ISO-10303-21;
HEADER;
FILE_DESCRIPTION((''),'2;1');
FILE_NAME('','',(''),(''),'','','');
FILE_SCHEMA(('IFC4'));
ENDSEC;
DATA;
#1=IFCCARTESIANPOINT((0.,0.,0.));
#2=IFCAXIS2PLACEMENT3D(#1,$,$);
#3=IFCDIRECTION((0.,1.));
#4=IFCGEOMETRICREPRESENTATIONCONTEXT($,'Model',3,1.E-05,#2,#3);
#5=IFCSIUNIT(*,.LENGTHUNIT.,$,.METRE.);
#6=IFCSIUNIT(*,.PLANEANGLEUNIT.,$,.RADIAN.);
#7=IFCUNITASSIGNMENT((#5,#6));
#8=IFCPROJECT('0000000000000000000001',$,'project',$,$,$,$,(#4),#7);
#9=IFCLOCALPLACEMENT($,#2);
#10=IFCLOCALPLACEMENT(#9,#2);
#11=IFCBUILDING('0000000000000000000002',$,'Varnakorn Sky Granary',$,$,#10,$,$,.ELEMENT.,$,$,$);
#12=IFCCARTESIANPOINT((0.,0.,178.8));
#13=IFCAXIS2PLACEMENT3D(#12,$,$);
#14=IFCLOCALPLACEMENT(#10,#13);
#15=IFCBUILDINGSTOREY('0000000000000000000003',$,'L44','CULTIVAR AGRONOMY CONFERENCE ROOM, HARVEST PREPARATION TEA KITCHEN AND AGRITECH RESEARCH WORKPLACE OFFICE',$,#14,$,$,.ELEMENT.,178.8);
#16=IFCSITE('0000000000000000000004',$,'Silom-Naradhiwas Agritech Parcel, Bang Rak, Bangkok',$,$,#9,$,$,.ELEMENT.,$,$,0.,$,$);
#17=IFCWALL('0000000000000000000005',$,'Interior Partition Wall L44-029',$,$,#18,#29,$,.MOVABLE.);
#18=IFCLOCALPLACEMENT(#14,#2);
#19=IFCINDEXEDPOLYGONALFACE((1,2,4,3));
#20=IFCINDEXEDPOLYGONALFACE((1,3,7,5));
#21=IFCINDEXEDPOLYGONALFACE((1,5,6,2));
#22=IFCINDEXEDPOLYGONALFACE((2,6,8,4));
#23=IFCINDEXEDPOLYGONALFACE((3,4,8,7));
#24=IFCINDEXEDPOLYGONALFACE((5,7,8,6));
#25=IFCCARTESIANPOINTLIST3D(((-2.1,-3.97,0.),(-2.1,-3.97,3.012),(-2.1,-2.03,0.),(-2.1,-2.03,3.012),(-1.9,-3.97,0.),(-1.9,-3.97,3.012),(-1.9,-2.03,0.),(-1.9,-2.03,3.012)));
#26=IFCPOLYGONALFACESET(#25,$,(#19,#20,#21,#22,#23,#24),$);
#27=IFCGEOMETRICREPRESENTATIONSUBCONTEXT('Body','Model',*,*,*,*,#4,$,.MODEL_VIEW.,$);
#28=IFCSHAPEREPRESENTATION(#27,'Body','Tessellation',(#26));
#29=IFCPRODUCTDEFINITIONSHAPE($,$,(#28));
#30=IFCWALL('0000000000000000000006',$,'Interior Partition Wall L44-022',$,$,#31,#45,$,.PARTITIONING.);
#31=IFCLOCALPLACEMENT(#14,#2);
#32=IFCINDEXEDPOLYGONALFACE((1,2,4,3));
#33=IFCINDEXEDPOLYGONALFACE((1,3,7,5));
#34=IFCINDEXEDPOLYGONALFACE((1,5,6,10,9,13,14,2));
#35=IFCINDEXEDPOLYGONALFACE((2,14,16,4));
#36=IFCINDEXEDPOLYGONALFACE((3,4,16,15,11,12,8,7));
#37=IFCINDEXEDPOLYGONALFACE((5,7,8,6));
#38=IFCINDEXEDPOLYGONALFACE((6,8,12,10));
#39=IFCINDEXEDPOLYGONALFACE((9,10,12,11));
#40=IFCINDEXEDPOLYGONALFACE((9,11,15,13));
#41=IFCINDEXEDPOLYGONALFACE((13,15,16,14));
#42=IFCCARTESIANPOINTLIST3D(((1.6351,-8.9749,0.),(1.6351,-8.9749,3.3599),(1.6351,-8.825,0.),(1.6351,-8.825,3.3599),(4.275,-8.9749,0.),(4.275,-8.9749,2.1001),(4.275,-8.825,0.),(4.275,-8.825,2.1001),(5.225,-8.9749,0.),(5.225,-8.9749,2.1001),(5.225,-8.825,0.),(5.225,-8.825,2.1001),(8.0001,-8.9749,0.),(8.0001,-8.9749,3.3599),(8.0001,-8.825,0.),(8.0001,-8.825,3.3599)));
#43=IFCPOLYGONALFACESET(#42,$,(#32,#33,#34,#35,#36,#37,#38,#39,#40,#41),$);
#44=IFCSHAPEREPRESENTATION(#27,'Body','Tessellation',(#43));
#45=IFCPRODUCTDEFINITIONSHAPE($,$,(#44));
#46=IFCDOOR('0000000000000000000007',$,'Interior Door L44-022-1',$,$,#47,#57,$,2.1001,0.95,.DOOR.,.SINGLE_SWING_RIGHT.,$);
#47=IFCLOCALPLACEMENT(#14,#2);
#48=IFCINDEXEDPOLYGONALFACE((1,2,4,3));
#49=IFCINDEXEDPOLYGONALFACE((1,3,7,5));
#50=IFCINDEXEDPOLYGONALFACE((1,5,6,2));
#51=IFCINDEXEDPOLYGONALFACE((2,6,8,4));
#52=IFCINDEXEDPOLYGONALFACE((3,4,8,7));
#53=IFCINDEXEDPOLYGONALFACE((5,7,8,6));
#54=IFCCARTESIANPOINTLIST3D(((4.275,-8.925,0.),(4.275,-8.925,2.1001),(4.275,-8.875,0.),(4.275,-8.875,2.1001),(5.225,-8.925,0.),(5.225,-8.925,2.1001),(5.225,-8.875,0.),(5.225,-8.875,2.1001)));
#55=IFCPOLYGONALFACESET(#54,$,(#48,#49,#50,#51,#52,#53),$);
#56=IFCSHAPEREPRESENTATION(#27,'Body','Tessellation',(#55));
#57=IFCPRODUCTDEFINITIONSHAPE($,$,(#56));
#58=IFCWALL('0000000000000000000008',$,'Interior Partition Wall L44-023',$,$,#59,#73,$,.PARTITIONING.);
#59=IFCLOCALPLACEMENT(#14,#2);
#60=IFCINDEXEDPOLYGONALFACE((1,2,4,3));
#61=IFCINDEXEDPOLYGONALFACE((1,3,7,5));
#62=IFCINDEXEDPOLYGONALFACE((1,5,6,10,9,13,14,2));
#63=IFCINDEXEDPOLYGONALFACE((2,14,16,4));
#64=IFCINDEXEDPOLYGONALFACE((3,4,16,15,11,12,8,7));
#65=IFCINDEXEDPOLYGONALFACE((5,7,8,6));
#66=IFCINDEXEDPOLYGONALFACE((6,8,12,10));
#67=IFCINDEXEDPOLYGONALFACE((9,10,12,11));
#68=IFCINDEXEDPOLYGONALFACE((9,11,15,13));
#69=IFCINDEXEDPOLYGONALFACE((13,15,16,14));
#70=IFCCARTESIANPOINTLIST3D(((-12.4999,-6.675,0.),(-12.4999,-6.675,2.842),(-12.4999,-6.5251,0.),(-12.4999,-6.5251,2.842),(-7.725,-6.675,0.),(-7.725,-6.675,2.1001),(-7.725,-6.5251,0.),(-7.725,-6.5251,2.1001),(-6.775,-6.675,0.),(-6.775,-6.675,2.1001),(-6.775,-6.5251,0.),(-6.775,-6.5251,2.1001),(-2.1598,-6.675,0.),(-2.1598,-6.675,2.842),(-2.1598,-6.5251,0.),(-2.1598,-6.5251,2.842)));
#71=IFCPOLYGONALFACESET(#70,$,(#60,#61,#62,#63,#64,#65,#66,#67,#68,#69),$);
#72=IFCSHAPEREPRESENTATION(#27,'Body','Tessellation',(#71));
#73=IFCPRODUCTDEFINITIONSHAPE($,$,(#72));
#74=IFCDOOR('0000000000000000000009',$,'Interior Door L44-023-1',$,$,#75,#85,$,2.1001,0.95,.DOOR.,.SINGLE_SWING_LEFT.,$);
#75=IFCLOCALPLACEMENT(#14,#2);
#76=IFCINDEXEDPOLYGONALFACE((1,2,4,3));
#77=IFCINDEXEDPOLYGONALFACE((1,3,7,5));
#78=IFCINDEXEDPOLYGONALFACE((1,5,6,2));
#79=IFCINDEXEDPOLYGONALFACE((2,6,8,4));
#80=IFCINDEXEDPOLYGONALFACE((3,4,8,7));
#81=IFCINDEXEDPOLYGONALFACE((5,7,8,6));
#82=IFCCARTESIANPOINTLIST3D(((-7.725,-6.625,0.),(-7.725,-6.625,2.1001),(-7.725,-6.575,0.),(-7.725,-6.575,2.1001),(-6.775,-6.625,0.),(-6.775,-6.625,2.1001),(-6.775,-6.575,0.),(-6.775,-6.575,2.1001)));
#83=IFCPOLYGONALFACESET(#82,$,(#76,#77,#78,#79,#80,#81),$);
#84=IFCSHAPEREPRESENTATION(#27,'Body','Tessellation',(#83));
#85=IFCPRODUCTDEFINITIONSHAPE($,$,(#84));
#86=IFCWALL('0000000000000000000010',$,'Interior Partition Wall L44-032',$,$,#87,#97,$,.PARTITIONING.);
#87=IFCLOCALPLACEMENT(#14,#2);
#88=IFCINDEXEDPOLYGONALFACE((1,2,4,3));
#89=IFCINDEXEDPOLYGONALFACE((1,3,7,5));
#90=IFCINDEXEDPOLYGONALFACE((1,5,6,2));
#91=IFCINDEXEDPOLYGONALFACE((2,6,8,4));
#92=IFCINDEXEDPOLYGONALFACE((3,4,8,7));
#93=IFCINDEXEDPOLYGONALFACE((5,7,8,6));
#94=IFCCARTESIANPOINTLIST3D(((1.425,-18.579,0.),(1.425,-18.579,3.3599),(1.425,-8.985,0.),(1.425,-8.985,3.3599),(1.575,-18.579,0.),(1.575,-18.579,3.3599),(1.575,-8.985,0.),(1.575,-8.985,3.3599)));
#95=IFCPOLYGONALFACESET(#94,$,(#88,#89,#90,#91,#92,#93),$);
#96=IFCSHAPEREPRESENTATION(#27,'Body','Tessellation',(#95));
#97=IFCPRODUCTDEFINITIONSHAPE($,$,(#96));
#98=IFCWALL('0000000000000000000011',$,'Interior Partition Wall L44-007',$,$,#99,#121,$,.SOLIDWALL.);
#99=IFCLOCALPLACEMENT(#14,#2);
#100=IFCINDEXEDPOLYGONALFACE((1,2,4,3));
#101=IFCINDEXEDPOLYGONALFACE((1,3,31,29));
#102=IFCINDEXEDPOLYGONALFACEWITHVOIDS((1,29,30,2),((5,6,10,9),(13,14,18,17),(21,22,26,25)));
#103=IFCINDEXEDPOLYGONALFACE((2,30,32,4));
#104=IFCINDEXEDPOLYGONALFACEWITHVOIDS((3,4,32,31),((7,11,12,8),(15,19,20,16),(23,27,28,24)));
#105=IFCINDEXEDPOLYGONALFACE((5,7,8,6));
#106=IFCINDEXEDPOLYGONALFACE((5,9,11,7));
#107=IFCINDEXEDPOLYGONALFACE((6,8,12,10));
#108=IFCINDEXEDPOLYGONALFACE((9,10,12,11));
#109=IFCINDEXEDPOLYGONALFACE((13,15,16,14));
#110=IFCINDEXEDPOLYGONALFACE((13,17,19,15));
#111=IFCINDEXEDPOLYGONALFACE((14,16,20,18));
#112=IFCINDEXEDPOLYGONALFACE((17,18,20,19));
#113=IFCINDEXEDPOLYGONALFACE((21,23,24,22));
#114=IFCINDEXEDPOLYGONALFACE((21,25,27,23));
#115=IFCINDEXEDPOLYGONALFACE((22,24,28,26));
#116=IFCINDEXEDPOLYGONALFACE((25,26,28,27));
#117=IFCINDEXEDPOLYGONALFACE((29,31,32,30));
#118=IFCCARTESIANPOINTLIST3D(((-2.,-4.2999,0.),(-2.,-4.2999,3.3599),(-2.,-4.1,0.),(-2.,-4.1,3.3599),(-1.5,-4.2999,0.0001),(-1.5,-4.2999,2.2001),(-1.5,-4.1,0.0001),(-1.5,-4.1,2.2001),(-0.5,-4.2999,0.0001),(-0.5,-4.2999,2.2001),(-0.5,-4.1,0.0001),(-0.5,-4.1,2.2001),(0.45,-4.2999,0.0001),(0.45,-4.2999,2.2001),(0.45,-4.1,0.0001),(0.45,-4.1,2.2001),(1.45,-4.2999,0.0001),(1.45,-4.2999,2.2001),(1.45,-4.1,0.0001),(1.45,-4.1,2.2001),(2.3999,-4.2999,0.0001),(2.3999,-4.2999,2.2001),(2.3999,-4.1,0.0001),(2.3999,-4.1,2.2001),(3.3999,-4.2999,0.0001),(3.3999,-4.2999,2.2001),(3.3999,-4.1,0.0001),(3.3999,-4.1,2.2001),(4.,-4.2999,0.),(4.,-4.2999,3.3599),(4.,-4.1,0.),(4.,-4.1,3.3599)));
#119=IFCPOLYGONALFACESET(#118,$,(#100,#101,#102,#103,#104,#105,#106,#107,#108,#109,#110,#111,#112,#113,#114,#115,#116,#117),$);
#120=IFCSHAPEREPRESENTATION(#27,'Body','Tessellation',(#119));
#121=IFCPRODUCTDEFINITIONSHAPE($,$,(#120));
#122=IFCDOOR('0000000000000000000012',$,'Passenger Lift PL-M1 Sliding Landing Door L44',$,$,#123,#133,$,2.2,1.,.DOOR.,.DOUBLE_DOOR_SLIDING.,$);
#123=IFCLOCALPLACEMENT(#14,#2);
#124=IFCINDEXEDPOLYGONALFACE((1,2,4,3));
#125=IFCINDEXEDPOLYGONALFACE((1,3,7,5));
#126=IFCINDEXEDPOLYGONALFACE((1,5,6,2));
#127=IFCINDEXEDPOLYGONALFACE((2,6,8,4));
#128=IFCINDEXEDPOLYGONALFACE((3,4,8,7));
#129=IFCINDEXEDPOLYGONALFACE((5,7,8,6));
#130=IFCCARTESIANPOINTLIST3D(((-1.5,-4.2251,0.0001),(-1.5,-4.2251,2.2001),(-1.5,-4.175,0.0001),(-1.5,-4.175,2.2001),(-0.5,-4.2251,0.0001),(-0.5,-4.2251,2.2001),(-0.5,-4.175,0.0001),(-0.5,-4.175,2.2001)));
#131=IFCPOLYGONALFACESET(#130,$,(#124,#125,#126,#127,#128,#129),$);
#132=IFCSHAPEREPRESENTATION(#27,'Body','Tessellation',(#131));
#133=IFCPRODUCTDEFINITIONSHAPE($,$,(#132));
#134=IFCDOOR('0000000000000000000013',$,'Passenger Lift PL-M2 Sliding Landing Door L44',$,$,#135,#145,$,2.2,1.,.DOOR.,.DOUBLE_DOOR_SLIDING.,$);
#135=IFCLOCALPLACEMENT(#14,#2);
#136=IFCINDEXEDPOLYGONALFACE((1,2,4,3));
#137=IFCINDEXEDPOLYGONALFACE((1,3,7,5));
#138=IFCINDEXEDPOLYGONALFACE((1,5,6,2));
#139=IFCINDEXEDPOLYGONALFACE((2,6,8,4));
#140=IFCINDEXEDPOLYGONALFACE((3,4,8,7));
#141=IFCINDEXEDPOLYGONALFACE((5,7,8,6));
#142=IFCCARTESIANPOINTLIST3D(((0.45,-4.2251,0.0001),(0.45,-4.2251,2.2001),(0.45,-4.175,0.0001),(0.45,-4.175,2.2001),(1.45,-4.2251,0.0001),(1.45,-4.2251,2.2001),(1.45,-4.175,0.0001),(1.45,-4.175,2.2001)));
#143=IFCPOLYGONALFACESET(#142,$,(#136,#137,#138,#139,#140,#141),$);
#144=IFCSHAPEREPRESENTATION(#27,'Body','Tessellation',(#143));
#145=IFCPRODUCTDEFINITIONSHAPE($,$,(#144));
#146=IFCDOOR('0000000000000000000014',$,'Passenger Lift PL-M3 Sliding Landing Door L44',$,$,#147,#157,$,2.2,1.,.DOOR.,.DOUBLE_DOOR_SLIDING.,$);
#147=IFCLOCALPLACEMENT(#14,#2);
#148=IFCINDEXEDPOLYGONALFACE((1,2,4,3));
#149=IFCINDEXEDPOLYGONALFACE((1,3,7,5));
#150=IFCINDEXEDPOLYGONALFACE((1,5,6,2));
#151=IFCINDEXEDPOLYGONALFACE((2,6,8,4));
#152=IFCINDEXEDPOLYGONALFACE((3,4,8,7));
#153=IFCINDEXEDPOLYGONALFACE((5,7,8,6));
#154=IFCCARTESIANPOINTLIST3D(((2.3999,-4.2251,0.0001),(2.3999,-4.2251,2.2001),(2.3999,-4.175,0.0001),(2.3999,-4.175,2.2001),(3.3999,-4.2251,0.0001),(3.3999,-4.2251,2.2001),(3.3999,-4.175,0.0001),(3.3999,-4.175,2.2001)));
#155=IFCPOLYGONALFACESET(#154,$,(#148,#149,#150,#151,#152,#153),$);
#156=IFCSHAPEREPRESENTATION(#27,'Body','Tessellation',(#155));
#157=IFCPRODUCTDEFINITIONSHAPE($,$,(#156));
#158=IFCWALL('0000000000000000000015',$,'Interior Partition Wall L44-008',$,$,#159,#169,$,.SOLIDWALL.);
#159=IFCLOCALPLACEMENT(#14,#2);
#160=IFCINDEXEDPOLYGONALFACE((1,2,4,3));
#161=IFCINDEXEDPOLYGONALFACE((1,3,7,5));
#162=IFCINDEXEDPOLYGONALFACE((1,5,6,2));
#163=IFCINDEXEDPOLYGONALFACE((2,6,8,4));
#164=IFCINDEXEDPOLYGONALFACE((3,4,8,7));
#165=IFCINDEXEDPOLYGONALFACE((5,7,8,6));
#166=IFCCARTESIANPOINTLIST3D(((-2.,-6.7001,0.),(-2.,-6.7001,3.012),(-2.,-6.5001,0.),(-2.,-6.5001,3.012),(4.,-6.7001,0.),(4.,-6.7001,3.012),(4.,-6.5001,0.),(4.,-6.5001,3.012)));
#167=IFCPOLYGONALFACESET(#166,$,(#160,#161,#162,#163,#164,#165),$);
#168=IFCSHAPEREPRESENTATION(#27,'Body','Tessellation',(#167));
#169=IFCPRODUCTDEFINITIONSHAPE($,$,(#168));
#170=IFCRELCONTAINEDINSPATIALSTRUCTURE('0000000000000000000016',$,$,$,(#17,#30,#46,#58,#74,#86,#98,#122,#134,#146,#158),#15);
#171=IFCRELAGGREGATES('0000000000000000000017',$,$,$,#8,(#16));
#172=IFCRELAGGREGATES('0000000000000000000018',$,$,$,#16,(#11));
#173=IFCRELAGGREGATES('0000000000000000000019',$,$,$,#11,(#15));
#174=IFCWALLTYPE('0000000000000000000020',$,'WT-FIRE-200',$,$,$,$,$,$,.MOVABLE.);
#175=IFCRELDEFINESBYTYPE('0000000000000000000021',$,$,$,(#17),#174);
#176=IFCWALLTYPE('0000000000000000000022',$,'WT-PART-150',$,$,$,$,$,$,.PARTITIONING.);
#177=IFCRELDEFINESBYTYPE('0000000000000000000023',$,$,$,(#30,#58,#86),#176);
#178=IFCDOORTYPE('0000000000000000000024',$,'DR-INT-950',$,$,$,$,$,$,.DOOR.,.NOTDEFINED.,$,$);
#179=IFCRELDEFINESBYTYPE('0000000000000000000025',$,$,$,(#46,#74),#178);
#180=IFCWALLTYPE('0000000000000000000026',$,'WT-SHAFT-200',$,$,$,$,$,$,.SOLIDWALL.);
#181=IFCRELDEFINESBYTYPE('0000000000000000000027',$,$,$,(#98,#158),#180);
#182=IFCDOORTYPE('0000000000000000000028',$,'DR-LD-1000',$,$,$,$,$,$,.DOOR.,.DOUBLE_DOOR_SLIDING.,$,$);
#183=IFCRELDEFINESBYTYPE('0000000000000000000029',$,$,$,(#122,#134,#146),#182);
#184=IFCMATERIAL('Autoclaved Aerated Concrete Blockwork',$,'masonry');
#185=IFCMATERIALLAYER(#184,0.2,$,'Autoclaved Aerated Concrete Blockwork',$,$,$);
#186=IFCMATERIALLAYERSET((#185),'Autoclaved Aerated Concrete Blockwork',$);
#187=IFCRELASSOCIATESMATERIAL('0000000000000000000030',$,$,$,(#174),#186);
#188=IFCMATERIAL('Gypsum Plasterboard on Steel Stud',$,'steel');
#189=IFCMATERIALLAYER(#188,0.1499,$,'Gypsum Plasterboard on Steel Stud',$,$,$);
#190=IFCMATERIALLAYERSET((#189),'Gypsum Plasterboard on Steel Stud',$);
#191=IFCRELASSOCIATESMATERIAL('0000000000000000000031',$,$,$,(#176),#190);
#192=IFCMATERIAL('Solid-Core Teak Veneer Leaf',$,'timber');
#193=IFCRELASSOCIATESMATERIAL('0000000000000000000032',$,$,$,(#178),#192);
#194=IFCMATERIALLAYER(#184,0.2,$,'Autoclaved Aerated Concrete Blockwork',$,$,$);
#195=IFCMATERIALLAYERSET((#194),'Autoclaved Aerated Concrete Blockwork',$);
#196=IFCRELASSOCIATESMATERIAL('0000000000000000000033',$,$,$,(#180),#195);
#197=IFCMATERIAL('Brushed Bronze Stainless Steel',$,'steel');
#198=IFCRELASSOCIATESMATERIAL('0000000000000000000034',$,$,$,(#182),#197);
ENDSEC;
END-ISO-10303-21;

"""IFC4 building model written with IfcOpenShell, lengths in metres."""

from ifc_helpers import new_model, si_unit, direction, frame, frame_2d, origin, place, context, subcontext, project, spatial, rectangle, extrude, material, layer, layer_set, type_object, element, fill, save


model = new_model("IFC4")

# Units and contexts
model_context = context("Model", 3, precision=1e-05, world=origin(), true_north=direction((0.0, 1.0)))
body_context = subcontext(model_context, "Body", "Model", "MODEL_VIEW")
ifc_project = project(units=[si_unit("LENGTHUNIT", "METRE"), si_unit("PLANEANGLEUNIT", "RADIAN")], contexts=[model_context])

# Site, building, storey
site_placement = place(None, origin())
site = spatial("IfcSite", under=ifc_project, at=site_placement, Name="Silom-Naradhiwas Agritech Parcel, Bang Rak, Bangkok", CompositionType="ELEMENT", RefElevation=0.0)
building_placement = place(site_placement, origin())
building = spatial("IfcBuilding", under=site, at=building_placement, Name="Varnakorn Sky Granary", CompositionType="ELEMENT")
storey_placement = place(building_placement, frame((0.0, 0.0, 178.8)))
storey = spatial("IfcBuildingStorey", under=building, at=storey_placement, Name="L44", Description="CULTIVAR AGRONOMY CONFERENCE ROOM, HARVEST PREPARATION TEA KITCHEN AND AGRITECH RESEARCH WORKPLACE OFFICE", CompositionType="ELEMENT", Elevation=178.8)

# Wall
ifc_material_1 = material(Name="Autoclaved Aerated Concrete Blockwork", Category="masonry")
ifc_layer_1 = layer(ifc_material_1, 0.2, Name="Autoclaved Aerated Concrete Blockwork")
ifc_layer_set_1 = layer_set([ifc_layer_1], Name="Autoclaved Aerated Concrete Blockwork")
wall_type_1 = type_object("IfcWallType", Name="WT-FIRE-200", PredefinedType="MOVABLE", material=ifc_layer_set_1)
wall_1_placement = place(storey_placement, frame((-2.0, -3.97, 0.0), z_axis=(0.0, 0.0, 1.0), x_axis=(0.0, 1.0, 0.0)))
element("IfcWall", 1, at=wall_1_placement, inside=storey, type_object=wall_type_1, Name="Interior Partition Wall L44-029", PredefinedType="MOVABLE", context=body_context, shape_type="SweptSolid", body=[
    extrude(rectangle(XDim=1.9399, YDim=0.2, at=frame_2d((0.97, 0.0))), origin(), (0.0, 0.0, 1.0), 3.012),
])

# Walls, openings, doors
ifc_material_2 = material(Name="Gypsum Plasterboard on Steel Stud", Category="steel")
ifc_layer_2 = layer(ifc_material_2, 0.1499, Name="Gypsum Plasterboard on Steel Stud")
ifc_layer_set_2 = layer_set([ifc_layer_2], Name="Gypsum Plasterboard on Steel Stud")
wall_type_2 = type_object("IfcWallType", Name="WT-PART-150", PredefinedType="PARTITIONING", material=ifc_layer_set_2)
wall_2_placement = place(storey_placement, frame((1.635, -8.8999, 0.0), z_axis=(0.0, 0.0, 1.0), x_axis=(1.0, 0.0, 0.0)))
wall_2 = element("IfcWall", 2, at=wall_2_placement, inside=storey, type_object=wall_type_2, Name="Interior Partition Wall L44-022", PredefinedType="PARTITIONING", context=body_context, shape_type="SweptSolid", body=[
    extrude(rectangle(XDim=6.365, YDim=0.1499, at=frame_2d((3.1826, 0.0))), origin(), (0.0, 0.0, 1.0), 3.3599),
])
opening_1_placement = place(wall_2_placement, frame((2.6399, 0.0, 0.0)))
opening_1 = element("IfcOpeningElement", 3, at=opening_1_placement, cuts=wall_2, PredefinedType="OPENING", context=body_context, shape_type="SweptSolid", body=[
    extrude(rectangle(XDim=0.95, YDim=2.1001, at=frame_2d((0.4751, 1.05))), frame((0.0, 0.085, 0.0), z_axis=(0.0, -1.0, 0.0), x_axis=(1.0, 0.0, 0.0)), (0.0, 0.0, 1.0), 0.1699),
])
ifc_material_3 = material(Name="Solid-Core Teak Veneer Leaf", Category="timber")
door_type_1 = type_object("IfcDoorType", Name="DR-INT-950", OperationType="NOTDEFINED", PredefinedType="DOOR", material=ifc_material_3)
door_1_placement = place(opening_1_placement, origin())
door_1 = element("IfcDoor", 4, at=door_1_placement, inside=storey, type_object=door_type_1, Name="Interior Door L44-022-1", OperationType="SINGLE_SWING_RIGHT", OverallHeight=2.1001, OverallWidth=0.95, PredefinedType="DOOR", context=body_context, shape_type="SweptSolid", body=[
    extrude(rectangle(XDim=0.95, YDim=2.1001, at=frame_2d((0.4751, 1.05))), frame((0.0, 0.0249, 0.0), z_axis=(0.0, -1.0, 0.0), x_axis=(1.0, 0.0, 0.0)), (0.0, 0.0, 1.0), 0.05),
])
fill(opening_1, door_1)
wall_3_placement = place(storey_placement, frame((-2.1599, -6.6001, 0.0), z_axis=(0.0, 0.0, 1.0), x_axis=(-1.0, 0.0, 0.0)))
wall_3 = element("IfcWall", 5, at=wall_3_placement, inside=storey, type_object=wall_type_2, Name="Interior Partition Wall L44-023", PredefinedType="PARTITIONING", context=body_context, shape_type="SweptSolid", body=[
    extrude(rectangle(XDim=10.3401, YDim=0.1499, at=frame_2d((5.1699, 0.0))), origin(), (0.0, 0.0, 1.0), 2.842),
])
opening_2_placement = place(wall_3_placement, frame((4.615, 0.0, 0.0)))
opening_2 = element("IfcOpeningElement", 6, at=opening_2_placement, cuts=wall_3, PredefinedType="OPENING", context=body_context, shape_type="SweptSolid", body=[
    extrude(rectangle(XDim=0.95, YDim=2.1001, at=frame_2d((0.4751, 1.05))), frame((0.0, 0.085, 0.0), z_axis=(0.0, -1.0, 0.0), x_axis=(1.0, 0.0, 0.0)), (0.0, 0.0, 1.0), 0.1699),
])
door_2_placement = place(opening_2_placement, origin())
door_2 = element("IfcDoor", 7, at=door_2_placement, inside=storey, type_object=door_type_1, Name="Interior Door L44-023-1", OperationType="SINGLE_SWING_LEFT", OverallHeight=2.1001, OverallWidth=0.95, PredefinedType="DOOR", context=body_context, shape_type="SweptSolid", body=[
    extrude(rectangle(XDim=0.95, YDim=2.1001, at=frame_2d((0.4751, 1.05))), frame((0.0, 0.0249, 0.0), z_axis=(0.0, -1.0, 0.0), x_axis=(1.0, 0.0, 0.0)), (0.0, 0.0, 1.0), 0.05),
])
fill(opening_2, door_2)

# Wall
wall_4_placement = place(storey_placement, frame((1.5, -8.9851, 0.0), z_axis=(0.0, 0.0, 1.0), x_axis=(0.0, -1.0, 0.0)))
element("IfcWall", 8, at=wall_4_placement, inside=storey, type_object=wall_type_2, Name="Interior Partition Wall L44-032", PredefinedType="PARTITIONING", context=body_context, shape_type="SweptSolid", body=[
    extrude(rectangle(XDim=9.594, YDim=0.1499, at=frame_2d((4.7969, 0.0))), origin(), (0.0, 0.0, 1.0), 3.3599),
])

# Wall, openings, doors
ifc_layer_3 = layer(ifc_material_1, 0.2, Name="Autoclaved Aerated Concrete Blockwork")
ifc_layer_set_3 = layer_set([ifc_layer_3], Name="Autoclaved Aerated Concrete Blockwork")
wall_type_3 = type_object("IfcWallType", Name="WT-SHAFT-200", PredefinedType="SOLIDWALL", material=ifc_layer_set_3)
wall_5_placement = place(storey_placement, frame((-2.0, -4.2, 0.0), z_axis=(0.0, 0.0, 1.0), x_axis=(1.0, 0.0, 0.0)))
wall_5 = element("IfcWall", 9, at=wall_5_placement, inside=storey, type_object=wall_type_3, Name="Interior Partition Wall L44-007", PredefinedType="SOLIDWALL", context=body_context, shape_type="SweptSolid", body=[
    extrude(rectangle(XDim=6.0, YDim=0.2, at=frame_2d((3.0, 0.0))), origin(), (0.0, 0.0, 1.0), 3.3599),
])
opening_3_placement = place(wall_5_placement, frame((0.5, 0.0, 0.0)))
opening_3 = element("IfcOpeningElement", 10, at=opening_3_placement, cuts=wall_5, PredefinedType="OPENING", context=body_context, shape_type="SweptSolid", body=[
    extrude(rectangle(XDim=1.0, YDim=2.2, at=frame_2d((0.5, 1.1001))), frame((0.0, 0.1099, 0.0), z_axis=(0.0, -1.0, 0.0), x_axis=(1.0, 0.0, 0.0)), (0.0, 0.0, 1.0), 0.22),
])
opening_4_placement = place(wall_5_placement, frame((2.45, 0.0, 0.0)))
opening_4 = element("IfcOpeningElement", 11, at=opening_4_placement, cuts=wall_5, PredefinedType="OPENING", context=body_context, shape_type="SweptSolid", body=[
    extrude(rectangle(XDim=1.0, YDim=2.2, at=frame_2d((0.5, 1.1001))), frame((0.0, 0.1099, 0.0), z_axis=(0.0, -1.0, 0.0), x_axis=(1.0, 0.0, 0.0)), (0.0, 0.0, 1.0), 0.22),
])
opening_5_placement = place(wall_5_placement, frame((4.3999, 0.0, 0.0)))
opening_5 = element("IfcOpeningElement", 12, at=opening_5_placement, cuts=wall_5, PredefinedType="OPENING", context=body_context, shape_type="SweptSolid", body=[
    extrude(rectangle(XDim=1.0, YDim=2.2, at=frame_2d((0.5, 1.1001))), frame((0.0, 0.1099, 0.0), z_axis=(0.0, -1.0, 0.0), x_axis=(1.0, 0.0, 0.0)), (0.0, 0.0, 1.0), 0.22),
])
ifc_material_4 = material(Name="Brushed Bronze Stainless Steel", Category="steel")
door_type_2 = type_object("IfcDoorType", Name="DR-LD-1000", OperationType="DOUBLE_DOOR_SLIDING", PredefinedType="DOOR", material=ifc_material_4)
door_3_placement = place(opening_3_placement, origin())
door_3 = element("IfcDoor", 13, at=door_3_placement, inside=storey, type_object=door_type_2, Name="Passenger Lift PL-M1 Sliding Landing Door L44", OperationType="DOUBLE_DOOR_SLIDING", OverallHeight=2.2, OverallWidth=1.0, PredefinedType="DOOR", context=body_context, shape_type="SweptSolid", body=[
    extrude(rectangle(XDim=1.0, YDim=2.2, at=frame_2d((0.5, 1.1001))), frame((0.0, 0.0249, 0.0), z_axis=(0.0, -1.0, 0.0), x_axis=(1.0, 0.0, 0.0)), (0.0, 0.0, 1.0), 0.05),
])
fill(opening_3, door_3)
door_4_placement = place(opening_4_placement, origin())
door_4 = element("IfcDoor", 14, at=door_4_placement, inside=storey, type_object=door_type_2, Name="Passenger Lift PL-M2 Sliding Landing Door L44", OperationType="DOUBLE_DOOR_SLIDING", OverallHeight=2.2, OverallWidth=1.0, PredefinedType="DOOR", context=body_context, shape_type="SweptSolid", body=[
    extrude(rectangle(XDim=1.0, YDim=2.2, at=frame_2d((0.5, 1.1001))), frame((0.0, 0.0249, 0.0), z_axis=(0.0, -1.0, 0.0), x_axis=(1.0, 0.0, 0.0)), (0.0, 0.0, 1.0), 0.05),
])
fill(opening_4, door_4)
door_5_placement = place(opening_5_placement, origin())
door_5 = element("IfcDoor", 15, at=door_5_placement, inside=storey, type_object=door_type_2, Name="Passenger Lift PL-M3 Sliding Landing Door L44", OperationType="DOUBLE_DOOR_SLIDING", OverallHeight=2.2, OverallWidth=1.0, PredefinedType="DOOR", context=body_context, shape_type="SweptSolid", body=[
    extrude(rectangle(XDim=1.0, YDim=2.2, at=frame_2d((0.5, 1.1001))), frame((0.0, 0.0249, 0.0), z_axis=(0.0, -1.0, 0.0), x_axis=(1.0, 0.0, 0.0)), (0.0, 0.0, 1.0), 0.05),
])
fill(opening_5, door_5)

# Wall
wall_6_placement = place(storey_placement, frame((-2.0, -6.6001, 0.0), z_axis=(0.0, 0.0, 1.0), x_axis=(1.0, 0.0, 0.0)))
element("IfcWall", 16, at=wall_6_placement, inside=storey, type_object=wall_type_3, Name="Interior Partition Wall L44-008", PredefinedType="SOLIDWALL", context=body_context, shape_type="SweptSolid", body=[
    extrude(rectangle(XDim=6.0, YDim=0.2, at=frame_2d((3.0, 0.0))), origin(), (0.0, 0.0, 1.0), 3.012),
])

save(model, "model.ifc")
